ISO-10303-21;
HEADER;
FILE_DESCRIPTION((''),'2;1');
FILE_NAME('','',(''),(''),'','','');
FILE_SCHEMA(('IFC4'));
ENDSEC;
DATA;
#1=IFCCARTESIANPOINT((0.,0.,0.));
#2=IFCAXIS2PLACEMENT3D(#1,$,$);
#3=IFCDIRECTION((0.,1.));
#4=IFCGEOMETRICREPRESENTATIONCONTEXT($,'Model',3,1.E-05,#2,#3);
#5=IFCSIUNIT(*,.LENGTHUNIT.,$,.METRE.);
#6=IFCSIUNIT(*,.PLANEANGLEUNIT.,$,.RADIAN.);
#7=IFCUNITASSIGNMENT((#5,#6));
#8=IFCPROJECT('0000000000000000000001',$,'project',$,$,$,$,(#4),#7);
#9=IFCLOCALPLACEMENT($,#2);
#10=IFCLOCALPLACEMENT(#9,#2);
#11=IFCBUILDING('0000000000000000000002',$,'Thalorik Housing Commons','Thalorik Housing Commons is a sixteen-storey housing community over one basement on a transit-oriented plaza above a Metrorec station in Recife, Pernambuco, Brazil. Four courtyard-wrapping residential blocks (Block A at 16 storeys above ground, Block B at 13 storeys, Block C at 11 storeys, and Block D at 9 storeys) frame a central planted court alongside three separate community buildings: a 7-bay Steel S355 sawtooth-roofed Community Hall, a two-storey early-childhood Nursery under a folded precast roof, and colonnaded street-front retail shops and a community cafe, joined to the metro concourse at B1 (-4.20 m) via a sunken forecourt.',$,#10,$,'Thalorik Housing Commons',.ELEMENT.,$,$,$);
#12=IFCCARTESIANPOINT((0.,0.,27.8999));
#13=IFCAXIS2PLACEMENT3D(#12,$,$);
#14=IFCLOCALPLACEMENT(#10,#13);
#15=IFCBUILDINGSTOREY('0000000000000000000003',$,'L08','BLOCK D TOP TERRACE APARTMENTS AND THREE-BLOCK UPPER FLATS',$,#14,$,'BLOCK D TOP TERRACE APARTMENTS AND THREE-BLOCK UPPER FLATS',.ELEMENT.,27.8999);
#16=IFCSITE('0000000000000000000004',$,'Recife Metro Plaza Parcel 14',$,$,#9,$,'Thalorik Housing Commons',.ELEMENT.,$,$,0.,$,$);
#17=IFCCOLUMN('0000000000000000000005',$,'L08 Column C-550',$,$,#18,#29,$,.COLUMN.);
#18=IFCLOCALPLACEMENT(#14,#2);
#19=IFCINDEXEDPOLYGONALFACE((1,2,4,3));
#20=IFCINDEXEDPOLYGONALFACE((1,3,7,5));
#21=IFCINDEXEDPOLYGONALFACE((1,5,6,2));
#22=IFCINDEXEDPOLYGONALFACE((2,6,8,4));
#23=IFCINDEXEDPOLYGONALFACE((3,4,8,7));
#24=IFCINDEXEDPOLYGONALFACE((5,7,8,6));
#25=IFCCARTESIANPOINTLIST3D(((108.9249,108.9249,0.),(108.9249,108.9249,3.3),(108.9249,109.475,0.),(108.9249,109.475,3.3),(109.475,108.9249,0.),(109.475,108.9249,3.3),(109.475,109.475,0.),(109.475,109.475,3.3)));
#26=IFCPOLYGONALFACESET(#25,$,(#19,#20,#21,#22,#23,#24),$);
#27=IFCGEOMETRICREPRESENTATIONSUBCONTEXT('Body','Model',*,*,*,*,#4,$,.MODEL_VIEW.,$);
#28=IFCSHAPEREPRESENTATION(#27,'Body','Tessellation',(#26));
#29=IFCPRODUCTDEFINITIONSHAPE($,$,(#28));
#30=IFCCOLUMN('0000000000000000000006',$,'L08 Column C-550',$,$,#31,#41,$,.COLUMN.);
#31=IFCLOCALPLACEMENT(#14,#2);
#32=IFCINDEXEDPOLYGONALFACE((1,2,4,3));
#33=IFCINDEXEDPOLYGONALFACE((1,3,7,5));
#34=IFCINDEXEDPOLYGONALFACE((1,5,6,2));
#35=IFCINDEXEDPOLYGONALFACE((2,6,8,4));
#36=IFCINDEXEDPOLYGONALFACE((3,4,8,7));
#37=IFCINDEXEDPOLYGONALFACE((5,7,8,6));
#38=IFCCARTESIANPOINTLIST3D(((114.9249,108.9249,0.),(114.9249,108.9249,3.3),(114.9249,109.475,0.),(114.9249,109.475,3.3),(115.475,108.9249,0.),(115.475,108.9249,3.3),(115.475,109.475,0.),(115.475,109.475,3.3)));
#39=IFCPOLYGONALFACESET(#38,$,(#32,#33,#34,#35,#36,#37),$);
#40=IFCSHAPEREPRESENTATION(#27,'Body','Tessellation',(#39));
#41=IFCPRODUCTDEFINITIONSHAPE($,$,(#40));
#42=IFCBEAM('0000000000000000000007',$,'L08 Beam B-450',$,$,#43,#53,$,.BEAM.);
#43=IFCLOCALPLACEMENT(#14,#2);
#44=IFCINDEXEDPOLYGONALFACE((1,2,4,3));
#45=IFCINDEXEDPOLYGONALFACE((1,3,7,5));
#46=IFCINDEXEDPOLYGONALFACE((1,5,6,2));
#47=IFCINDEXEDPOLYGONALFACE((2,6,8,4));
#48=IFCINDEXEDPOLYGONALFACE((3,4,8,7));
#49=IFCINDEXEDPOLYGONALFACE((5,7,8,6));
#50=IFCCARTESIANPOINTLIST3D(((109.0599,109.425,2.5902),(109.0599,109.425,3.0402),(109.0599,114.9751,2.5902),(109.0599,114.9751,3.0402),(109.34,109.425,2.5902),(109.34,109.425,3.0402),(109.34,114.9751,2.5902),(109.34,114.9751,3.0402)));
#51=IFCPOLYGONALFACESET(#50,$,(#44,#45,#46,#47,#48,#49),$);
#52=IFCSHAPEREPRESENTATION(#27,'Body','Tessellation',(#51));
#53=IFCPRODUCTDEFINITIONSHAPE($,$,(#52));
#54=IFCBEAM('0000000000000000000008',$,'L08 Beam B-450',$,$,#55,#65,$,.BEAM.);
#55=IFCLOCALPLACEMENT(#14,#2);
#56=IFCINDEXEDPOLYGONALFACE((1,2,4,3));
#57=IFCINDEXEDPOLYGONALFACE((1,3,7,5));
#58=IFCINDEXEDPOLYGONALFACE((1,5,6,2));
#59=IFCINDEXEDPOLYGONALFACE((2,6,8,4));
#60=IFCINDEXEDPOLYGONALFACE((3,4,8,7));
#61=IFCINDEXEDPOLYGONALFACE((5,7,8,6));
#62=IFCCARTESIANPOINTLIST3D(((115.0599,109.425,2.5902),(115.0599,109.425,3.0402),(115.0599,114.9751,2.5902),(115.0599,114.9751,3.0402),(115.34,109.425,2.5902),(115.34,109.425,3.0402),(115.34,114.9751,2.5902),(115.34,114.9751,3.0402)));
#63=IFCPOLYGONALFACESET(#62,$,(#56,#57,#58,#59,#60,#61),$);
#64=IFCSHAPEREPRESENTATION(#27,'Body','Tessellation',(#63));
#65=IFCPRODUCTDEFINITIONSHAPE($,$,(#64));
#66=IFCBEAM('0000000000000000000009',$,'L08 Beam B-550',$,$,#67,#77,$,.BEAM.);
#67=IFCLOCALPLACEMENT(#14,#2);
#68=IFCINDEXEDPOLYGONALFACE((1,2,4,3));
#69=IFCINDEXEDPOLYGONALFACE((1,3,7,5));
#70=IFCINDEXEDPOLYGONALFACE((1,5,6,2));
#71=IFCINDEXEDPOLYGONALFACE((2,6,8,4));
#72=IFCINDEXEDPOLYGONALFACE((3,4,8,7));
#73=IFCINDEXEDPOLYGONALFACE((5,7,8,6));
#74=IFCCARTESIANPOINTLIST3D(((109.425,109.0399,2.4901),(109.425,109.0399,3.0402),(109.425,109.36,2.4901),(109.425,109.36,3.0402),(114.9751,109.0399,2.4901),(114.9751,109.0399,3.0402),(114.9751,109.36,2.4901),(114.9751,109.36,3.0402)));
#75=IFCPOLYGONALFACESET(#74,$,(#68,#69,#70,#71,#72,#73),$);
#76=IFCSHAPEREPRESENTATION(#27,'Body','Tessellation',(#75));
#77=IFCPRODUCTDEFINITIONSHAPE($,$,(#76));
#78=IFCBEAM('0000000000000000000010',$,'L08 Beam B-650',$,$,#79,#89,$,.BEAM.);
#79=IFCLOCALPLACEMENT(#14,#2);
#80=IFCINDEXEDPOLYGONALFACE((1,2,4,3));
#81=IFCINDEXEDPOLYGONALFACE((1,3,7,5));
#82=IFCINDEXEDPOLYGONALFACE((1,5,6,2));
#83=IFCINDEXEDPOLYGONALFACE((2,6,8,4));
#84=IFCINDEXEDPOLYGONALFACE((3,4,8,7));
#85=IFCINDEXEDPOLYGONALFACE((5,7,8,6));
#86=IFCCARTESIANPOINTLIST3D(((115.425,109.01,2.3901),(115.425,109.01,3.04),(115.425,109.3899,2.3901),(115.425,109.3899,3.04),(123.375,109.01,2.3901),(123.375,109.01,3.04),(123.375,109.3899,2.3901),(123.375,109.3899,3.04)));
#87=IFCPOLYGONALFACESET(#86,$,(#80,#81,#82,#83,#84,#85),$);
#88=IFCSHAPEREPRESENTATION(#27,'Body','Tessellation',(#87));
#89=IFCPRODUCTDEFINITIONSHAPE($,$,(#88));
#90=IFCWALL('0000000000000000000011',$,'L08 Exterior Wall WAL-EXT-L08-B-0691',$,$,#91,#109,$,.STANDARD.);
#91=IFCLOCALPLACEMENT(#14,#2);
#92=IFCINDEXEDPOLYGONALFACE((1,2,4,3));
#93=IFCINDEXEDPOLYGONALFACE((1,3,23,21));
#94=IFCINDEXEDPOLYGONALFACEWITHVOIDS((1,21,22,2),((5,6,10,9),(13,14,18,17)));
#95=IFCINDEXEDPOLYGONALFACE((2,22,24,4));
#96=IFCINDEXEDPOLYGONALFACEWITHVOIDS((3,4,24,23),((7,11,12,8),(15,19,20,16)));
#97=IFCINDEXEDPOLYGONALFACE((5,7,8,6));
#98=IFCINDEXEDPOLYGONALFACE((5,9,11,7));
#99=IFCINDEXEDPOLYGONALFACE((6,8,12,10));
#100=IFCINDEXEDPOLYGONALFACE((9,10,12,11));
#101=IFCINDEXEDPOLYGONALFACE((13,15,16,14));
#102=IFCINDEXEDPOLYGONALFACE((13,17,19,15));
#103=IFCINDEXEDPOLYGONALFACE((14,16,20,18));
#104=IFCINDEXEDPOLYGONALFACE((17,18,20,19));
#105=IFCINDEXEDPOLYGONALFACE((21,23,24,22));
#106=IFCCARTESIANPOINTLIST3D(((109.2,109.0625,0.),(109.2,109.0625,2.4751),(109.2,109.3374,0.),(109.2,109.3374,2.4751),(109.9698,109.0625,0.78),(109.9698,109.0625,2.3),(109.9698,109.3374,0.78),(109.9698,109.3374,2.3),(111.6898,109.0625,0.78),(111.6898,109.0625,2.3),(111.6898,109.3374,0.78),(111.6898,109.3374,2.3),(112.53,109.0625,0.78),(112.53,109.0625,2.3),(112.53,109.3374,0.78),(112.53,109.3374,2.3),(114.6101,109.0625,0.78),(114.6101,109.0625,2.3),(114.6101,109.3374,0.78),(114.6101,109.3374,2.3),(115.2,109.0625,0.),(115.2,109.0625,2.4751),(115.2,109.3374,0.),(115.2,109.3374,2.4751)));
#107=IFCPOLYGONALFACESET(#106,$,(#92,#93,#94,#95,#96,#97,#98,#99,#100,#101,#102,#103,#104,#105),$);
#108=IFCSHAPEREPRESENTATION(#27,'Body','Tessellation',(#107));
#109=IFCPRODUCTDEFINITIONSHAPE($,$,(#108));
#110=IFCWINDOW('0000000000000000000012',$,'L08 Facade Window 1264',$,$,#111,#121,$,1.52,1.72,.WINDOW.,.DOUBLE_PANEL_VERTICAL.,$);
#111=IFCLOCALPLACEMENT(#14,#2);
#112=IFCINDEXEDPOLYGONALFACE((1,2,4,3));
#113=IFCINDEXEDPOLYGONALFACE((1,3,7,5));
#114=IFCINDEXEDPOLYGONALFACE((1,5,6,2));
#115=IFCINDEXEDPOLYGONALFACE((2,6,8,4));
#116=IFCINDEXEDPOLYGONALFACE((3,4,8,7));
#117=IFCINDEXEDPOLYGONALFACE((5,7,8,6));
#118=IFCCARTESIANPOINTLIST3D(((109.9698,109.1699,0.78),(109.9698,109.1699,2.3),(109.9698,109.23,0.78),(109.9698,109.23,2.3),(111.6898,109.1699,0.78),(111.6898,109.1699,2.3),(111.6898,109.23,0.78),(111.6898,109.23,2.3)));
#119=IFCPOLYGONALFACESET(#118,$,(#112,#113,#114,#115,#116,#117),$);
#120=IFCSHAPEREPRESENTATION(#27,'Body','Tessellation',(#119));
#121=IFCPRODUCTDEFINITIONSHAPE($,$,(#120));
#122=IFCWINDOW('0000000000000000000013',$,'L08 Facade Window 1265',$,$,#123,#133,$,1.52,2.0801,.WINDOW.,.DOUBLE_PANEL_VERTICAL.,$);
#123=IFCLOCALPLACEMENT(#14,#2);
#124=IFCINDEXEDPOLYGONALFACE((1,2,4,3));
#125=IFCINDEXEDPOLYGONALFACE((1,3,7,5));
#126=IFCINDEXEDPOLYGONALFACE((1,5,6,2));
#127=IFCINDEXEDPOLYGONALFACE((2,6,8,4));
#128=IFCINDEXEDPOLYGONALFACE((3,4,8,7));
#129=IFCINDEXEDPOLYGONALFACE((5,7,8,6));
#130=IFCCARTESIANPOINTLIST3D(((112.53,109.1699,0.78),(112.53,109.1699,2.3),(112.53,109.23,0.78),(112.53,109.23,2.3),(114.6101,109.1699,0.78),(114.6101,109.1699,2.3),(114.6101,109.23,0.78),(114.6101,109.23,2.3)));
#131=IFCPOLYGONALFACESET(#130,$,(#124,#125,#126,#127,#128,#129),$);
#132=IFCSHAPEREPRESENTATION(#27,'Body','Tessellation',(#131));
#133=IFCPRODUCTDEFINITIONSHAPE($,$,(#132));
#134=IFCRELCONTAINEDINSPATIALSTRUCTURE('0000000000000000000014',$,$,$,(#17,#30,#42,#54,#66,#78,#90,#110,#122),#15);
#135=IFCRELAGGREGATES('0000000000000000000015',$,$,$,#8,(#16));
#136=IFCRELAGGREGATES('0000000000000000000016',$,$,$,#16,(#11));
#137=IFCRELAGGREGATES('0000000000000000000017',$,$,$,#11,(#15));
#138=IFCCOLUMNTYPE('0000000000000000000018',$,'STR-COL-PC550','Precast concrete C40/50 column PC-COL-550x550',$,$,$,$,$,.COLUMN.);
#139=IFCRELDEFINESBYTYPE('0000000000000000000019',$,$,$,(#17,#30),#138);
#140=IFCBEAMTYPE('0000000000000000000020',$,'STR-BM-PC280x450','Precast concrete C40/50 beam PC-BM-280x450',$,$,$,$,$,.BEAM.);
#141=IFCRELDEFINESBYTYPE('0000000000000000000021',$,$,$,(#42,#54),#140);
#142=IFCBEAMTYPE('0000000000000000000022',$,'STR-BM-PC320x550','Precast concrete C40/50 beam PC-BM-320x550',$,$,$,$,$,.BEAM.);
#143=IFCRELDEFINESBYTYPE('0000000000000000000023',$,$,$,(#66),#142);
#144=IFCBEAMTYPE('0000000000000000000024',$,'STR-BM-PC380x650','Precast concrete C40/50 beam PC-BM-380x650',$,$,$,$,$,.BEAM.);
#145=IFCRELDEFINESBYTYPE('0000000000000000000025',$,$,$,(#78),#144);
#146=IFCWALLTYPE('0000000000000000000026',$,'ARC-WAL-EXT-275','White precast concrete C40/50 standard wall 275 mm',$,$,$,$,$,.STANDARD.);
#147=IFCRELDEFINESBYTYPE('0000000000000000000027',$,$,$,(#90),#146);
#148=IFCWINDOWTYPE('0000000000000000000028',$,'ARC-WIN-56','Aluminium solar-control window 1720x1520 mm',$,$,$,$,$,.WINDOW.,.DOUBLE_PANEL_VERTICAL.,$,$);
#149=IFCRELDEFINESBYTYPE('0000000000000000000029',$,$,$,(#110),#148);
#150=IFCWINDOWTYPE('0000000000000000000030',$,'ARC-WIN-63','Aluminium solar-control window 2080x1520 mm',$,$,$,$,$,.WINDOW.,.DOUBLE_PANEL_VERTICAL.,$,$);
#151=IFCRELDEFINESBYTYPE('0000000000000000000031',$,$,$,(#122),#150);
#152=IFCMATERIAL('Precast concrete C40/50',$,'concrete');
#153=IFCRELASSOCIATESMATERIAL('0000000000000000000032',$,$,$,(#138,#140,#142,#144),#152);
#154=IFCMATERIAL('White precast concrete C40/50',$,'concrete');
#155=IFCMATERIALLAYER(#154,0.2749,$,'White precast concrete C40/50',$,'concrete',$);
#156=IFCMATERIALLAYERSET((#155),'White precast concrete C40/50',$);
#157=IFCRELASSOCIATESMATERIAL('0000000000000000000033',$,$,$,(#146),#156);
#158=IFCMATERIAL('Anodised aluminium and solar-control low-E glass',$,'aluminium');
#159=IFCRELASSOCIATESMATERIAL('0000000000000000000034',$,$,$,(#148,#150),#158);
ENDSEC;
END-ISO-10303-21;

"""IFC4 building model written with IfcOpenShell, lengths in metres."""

from ifc_helpers import new_model, si_unit, direction, frame, frame_2d, origin, origin_2d, place, context, subcontext, project, spatial, rectangle, extrude, material, layer, layer_set, material_profile, profile_set, type_object, element, fill, save


model = new_model("IFC4")

# Units and contexts
model_context = context("Model", 3, precision=1e-05, world=origin(), true_north=direction((0.0, 1.0)))
body_context = subcontext(model_context, "Body", "Model", "MODEL_VIEW")
ifc_project = project(units=[si_unit("LENGTHUNIT", "METRE"), si_unit("PLANEANGLEUNIT", "RADIAN")], contexts=[model_context])

# Site, building, storey
site_placement = place(None, origin())
site = spatial("IfcSite", under=ifc_project, at=site_placement, Name="Recife Metro Plaza Parcel 14", LongName="Thalorik Housing Commons", CompositionType="ELEMENT", RefElevation=0.0)
building_placement = place(site_placement, origin())
building = spatial("IfcBuilding", under=site, at=building_placement, Name="Thalorik Housing Commons", Description="Thalorik Housing Commons is a sixteen-storey housing community over one basement on a transit-oriented plaza above a Metrorec station in Recife, Pernambuco, Brazil. Four courtyard-wrapping residential blocks (Block A at 16 storeys above ground, Block B at 13 storeys, Block C at 11 storeys, and Block D at 9 storeys) frame a central planted court alongside three separate community buildings: a 7-bay Steel S355 sawtooth-roofed Community Hall, a two-storey early-childhood Nursery under a folded precast roof, and colonnaded street-front retail shops and a community cafe, joined to the metro concourse at B1 (-4.20 m) via a sunken forecourt.", LongName="Thalorik Housing Commons", CompositionType="ELEMENT")
storey_placement = place(building_placement, frame((0.0, 0.0, 27.8999)))
storey = spatial("IfcBuildingStorey", under=building, at=storey_placement, Name="L08", Description="BLOCK D TOP TERRACE APARTMENTS AND THREE-BLOCK UPPER FLATS", LongName="BLOCK D TOP TERRACE APARTMENTS AND THREE-BLOCK UPPER FLATS", CompositionType="ELEMENT", Elevation=27.8999)

# Columns
ifc_material_1 = material(Name="Precast concrete C40/50", Category="concrete")
ifc_material_profile_1 = material_profile(ifc_material_1, rectangle(XDim=0.55, YDim=0.55, at=origin_2d()), Name="PC 550x550", Category="concrete")
ifc_profile_set_1 = profile_set([ifc_material_profile_1], Name="Precast concrete C40/50")
column_type = type_object("IfcColumnType", Name="STR-COL-PC550", Description="Precast concrete C40/50 column PC-COL-550x550", PredefinedType="COLUMN", material=ifc_profile_set_1)
for number, where, z_axis, x_axis, name in (
    (1, (109.2, 109.2, 0.0), (0.0, 0.0, 1.0), (1.0, 0.0, 0.0), "L08 Column C-550"),
    (2, (115.2, 109.2, 0.0), (0.0, 0.0, 1.0), (1.0, 0.0, 0.0), "L08 Column C-550"),
):
    element("IfcColumn", number, at=place(storey_placement, frame(where, z_axis=z_axis, x_axis=x_axis)), inside=storey, type_object=column_type, Name=name, PredefinedType="COLUMN", context=body_context, shape_type="SweptSolid", body=[
        extrude(rectangle(XDim=0.55, YDim=0.55, at=origin_2d()), origin(), (0.0, 0.0, 1.0), 3.3),
    ])

# Beams
ifc_material_profile_2 = material_profile(ifc_material_1, rectangle(XDim=0.28, YDim=0.45, at=origin_2d()), Name="PC 280x450", Category="concrete")
ifc_profile_set_2 = profile_set([ifc_material_profile_2], Name="Precast concrete C40/50")
beam_type_1 = type_object("IfcBeamType", Name="STR-BM-PC280x450", Description="Precast concrete C40/50 beam PC-BM-280x450", PredefinedType="BEAM", material=ifc_profile_set_2)
for number, where, z_axis, x_axis, name in (
    (3, (109.2, 109.425, 2.8152), (0.0, 1.0, 0.0), (-1.0, 0.0, 0.0), "L08 Beam B-450"),
    (4, (115.2, 109.425, 2.8152), (0.0, 1.0, 0.0), (-1.0, 0.0, 0.0), "L08 Beam B-450"),
):
    element("IfcBeam", number, at=place(storey_placement, frame(where, z_axis=z_axis, x_axis=x_axis)), inside=storey, type_object=beam_type_1, Name=name, PredefinedType="BEAM", context=body_context, shape_type="SweptSolid", body=[
        extrude(rectangle(XDim=0.28, YDim=0.45, at=origin_2d()), origin(), (0.0, 0.0, 1.0), 5.55),
    ])
ifc_material_profile_3 = material_profile(ifc_material_1, rectangle(XDim=0.3201, YDim=0.55, at=origin_2d()), Name="PC 320x550", Category="concrete")
ifc_profile_set_3 = profile_set([ifc_material_profile_3], Name="Precast concrete C40/50")
beam_type_2 = type_object("IfcBeamType", Name="STR-BM-PC320x550", Description="Precast concrete C40/50 beam PC-BM-320x550", PredefinedType="BEAM", material=ifc_profile_set_3)
beam_1_placement = place(storey_placement, frame((109.425, 109.2, 2.7651), z_axis=(1.0, 0.0, 0.0), x_axis=(0.0, 1.0, 0.0)))
element("IfcBeam", 5, at=beam_1_placement, inside=storey, type_object=beam_type_2, Name="L08 Beam B-550", PredefinedType="BEAM", context=body_context, shape_type="SweptSolid", body=[
    extrude(rectangle(XDim=0.3201, YDim=0.55, at=origin_2d()), origin(), (0.0, 0.0, 1.0), 5.55),
])
ifc_material_profile_4 = material_profile(ifc_material_1, rectangle(XDim=0.3799, YDim=0.6499, at=origin_2d()), Name="PC 380x650", Category="concrete")
ifc_profile_set_4 = profile_set([ifc_material_profile_4], Name="Precast concrete C40/50")
beam_type_3 = type_object("IfcBeamType", Name="STR-BM-PC380x650", Description="Precast concrete C40/50 beam PC-BM-380x650", PredefinedType="BEAM", material=ifc_profile_set_4)
beam_2_placement = place(storey_placement, frame((115.425, 109.2, 2.7151), z_axis=(1.0, 0.0, 0.0), x_axis=(0.0, 1.0, 0.0)))
element("IfcBeam", 6, at=beam_2_placement, inside=storey, type_object=beam_type_3, Name="L08 Beam B-650", PredefinedType="BEAM", context=body_context, shape_type="SweptSolid", body=[
    extrude(rectangle(XDim=0.3799, YDim=0.6499, at=origin_2d()), origin(), (0.0, 0.0, 1.0), 7.95),
])

# Wall, openings, windows
ifc_material_2 = material(Name="White precast concrete C40/50", Category="concrete")
ifc_layer_1 = layer(ifc_material_2, 0.2749, Name="White precast concrete C40/50", Category="concrete")
ifc_layer_set_1 = layer_set([ifc_layer_1], Name="White precast concrete C40/50")
wall_type_1 = type_object("IfcWallType", Name="ARC-WAL-EXT-275", Description="White precast concrete C40/50 standard wall 275 mm", PredefinedType="STANDARD", material=ifc_layer_set_1)
wall_1_placement = place(storey_placement, frame((109.2, 109.2, 0.0), z_axis=(0.0, 0.0, 1.0), x_axis=(1.0, 0.0, 0.0)))
wall_1 = element("IfcWall", 7, at=wall_1_placement, inside=storey, type_object=wall_type_1, Name="L08 Exterior Wall WAL-EXT-L08-B-0691", PredefinedType="STANDARD", context=body_context, shape_type="SweptSolid", body=[
    extrude(rectangle(XDim=6.0, YDim=0.2749, at=frame_2d((3.0, 0.0))), origin(), (0.0, 0.0, 1.0), 2.4751),
])
opening_1_placement = place(wall_1_placement, frame((0.77, 0.0, 0.78)))
opening_1 = element("IfcOpeningElement", 8, at=opening_1_placement, cuts=wall_1, PredefinedType="OPENING", context=body_context, shape_type="SweptSolid", body=[
    extrude(rectangle(XDim=1.72, YDim=1.52, at=frame_2d((0.8599, 0.76))), frame((0.0, 0.1475, 0.0), z_axis=(0.0, -1.0, 0.0), x_axis=(1.0, 0.0, 0.0)), (0.0, 0.0, 1.0), 0.2949),
])
opening_2_placement = place(wall_1_placement, frame((3.3301, 0.0, 0.78)))
opening_2 = element("IfcOpeningElement", 9, at=opening_2_placement, cuts=wall_1, PredefinedType="OPENING", context=body_context, shape_type="SweptSolid", body=[
    extrude(rectangle(XDim=2.0801, YDim=1.52, at=frame_2d((1.04, 0.76))), frame((0.0, 0.1475, 0.0), z_axis=(0.0, -1.0, 0.0), x_axis=(1.0, 0.0, 0.0)), (0.0, 0.0, 1.0), 0.2949),
])
ifc_material_3 = material(Name="Anodised aluminium and solar-control low-E glass", Category="aluminium")
window_type_1 = type_object("IfcWindowType", Name="ARC-WIN-56", Description="Aluminium solar-control window 1720x1520 mm", PartitioningType="DOUBLE_PANEL_VERTICAL", PredefinedType="WINDOW", material=ifc_material_3)
window_1_placement = place(opening_1_placement, origin())
window_1 = element("IfcWindow", 10, at=window_1_placement, inside=storey, type_object=window_type_1, Name="L08 Facade Window 1264", OverallHeight=1.52, OverallWidth=1.72, PartitioningType="DOUBLE_PANEL_VERTICAL", PredefinedType="WINDOW", context=body_context, shape_type="SweptSolid", body=[
    extrude(rectangle(XDim=1.72, YDim=1.52, at=frame_2d((0.8599, 0.76))), frame((0.0, 0.03, 0.0), z_axis=(0.0, -1.0, 0.0), x_axis=(1.0, 0.0, 0.0)), (0.0, 0.0, 1.0), 0.0601),
])
fill(opening_1, window_1)
window_type_2 = type_object("IfcWindowType", Name="ARC-WIN-63", Description="Aluminium solar-control window 2080x1520 mm", PartitioningType="DOUBLE_PANEL_VERTICAL", PredefinedType="WINDOW", material=ifc_material_3)
window_2_placement = place(opening_2_placement, origin())
window_2 = element("IfcWindow", 11, at=window_2_placement, inside=storey, type_object=window_type_2, Name="L08 Facade Window 1265", OverallHeight=1.52, OverallWidth=2.0801, PartitioningType="DOUBLE_PANEL_VERTICAL", PredefinedType="WINDOW", context=body_context, shape_type="SweptSolid", body=[
    extrude(rectangle(XDim=2.0801, YDim=1.52, at=frame_2d((1.04, 0.76))), frame((0.0, 0.03, 0.0), z_axis=(0.0, -1.0, 0.0), x_axis=(1.0, 0.0, 0.0)), (0.0, 0.0, 1.0), 0.0601),
])
fill(opening_2, window_2)

save(model, "model.ifc")
